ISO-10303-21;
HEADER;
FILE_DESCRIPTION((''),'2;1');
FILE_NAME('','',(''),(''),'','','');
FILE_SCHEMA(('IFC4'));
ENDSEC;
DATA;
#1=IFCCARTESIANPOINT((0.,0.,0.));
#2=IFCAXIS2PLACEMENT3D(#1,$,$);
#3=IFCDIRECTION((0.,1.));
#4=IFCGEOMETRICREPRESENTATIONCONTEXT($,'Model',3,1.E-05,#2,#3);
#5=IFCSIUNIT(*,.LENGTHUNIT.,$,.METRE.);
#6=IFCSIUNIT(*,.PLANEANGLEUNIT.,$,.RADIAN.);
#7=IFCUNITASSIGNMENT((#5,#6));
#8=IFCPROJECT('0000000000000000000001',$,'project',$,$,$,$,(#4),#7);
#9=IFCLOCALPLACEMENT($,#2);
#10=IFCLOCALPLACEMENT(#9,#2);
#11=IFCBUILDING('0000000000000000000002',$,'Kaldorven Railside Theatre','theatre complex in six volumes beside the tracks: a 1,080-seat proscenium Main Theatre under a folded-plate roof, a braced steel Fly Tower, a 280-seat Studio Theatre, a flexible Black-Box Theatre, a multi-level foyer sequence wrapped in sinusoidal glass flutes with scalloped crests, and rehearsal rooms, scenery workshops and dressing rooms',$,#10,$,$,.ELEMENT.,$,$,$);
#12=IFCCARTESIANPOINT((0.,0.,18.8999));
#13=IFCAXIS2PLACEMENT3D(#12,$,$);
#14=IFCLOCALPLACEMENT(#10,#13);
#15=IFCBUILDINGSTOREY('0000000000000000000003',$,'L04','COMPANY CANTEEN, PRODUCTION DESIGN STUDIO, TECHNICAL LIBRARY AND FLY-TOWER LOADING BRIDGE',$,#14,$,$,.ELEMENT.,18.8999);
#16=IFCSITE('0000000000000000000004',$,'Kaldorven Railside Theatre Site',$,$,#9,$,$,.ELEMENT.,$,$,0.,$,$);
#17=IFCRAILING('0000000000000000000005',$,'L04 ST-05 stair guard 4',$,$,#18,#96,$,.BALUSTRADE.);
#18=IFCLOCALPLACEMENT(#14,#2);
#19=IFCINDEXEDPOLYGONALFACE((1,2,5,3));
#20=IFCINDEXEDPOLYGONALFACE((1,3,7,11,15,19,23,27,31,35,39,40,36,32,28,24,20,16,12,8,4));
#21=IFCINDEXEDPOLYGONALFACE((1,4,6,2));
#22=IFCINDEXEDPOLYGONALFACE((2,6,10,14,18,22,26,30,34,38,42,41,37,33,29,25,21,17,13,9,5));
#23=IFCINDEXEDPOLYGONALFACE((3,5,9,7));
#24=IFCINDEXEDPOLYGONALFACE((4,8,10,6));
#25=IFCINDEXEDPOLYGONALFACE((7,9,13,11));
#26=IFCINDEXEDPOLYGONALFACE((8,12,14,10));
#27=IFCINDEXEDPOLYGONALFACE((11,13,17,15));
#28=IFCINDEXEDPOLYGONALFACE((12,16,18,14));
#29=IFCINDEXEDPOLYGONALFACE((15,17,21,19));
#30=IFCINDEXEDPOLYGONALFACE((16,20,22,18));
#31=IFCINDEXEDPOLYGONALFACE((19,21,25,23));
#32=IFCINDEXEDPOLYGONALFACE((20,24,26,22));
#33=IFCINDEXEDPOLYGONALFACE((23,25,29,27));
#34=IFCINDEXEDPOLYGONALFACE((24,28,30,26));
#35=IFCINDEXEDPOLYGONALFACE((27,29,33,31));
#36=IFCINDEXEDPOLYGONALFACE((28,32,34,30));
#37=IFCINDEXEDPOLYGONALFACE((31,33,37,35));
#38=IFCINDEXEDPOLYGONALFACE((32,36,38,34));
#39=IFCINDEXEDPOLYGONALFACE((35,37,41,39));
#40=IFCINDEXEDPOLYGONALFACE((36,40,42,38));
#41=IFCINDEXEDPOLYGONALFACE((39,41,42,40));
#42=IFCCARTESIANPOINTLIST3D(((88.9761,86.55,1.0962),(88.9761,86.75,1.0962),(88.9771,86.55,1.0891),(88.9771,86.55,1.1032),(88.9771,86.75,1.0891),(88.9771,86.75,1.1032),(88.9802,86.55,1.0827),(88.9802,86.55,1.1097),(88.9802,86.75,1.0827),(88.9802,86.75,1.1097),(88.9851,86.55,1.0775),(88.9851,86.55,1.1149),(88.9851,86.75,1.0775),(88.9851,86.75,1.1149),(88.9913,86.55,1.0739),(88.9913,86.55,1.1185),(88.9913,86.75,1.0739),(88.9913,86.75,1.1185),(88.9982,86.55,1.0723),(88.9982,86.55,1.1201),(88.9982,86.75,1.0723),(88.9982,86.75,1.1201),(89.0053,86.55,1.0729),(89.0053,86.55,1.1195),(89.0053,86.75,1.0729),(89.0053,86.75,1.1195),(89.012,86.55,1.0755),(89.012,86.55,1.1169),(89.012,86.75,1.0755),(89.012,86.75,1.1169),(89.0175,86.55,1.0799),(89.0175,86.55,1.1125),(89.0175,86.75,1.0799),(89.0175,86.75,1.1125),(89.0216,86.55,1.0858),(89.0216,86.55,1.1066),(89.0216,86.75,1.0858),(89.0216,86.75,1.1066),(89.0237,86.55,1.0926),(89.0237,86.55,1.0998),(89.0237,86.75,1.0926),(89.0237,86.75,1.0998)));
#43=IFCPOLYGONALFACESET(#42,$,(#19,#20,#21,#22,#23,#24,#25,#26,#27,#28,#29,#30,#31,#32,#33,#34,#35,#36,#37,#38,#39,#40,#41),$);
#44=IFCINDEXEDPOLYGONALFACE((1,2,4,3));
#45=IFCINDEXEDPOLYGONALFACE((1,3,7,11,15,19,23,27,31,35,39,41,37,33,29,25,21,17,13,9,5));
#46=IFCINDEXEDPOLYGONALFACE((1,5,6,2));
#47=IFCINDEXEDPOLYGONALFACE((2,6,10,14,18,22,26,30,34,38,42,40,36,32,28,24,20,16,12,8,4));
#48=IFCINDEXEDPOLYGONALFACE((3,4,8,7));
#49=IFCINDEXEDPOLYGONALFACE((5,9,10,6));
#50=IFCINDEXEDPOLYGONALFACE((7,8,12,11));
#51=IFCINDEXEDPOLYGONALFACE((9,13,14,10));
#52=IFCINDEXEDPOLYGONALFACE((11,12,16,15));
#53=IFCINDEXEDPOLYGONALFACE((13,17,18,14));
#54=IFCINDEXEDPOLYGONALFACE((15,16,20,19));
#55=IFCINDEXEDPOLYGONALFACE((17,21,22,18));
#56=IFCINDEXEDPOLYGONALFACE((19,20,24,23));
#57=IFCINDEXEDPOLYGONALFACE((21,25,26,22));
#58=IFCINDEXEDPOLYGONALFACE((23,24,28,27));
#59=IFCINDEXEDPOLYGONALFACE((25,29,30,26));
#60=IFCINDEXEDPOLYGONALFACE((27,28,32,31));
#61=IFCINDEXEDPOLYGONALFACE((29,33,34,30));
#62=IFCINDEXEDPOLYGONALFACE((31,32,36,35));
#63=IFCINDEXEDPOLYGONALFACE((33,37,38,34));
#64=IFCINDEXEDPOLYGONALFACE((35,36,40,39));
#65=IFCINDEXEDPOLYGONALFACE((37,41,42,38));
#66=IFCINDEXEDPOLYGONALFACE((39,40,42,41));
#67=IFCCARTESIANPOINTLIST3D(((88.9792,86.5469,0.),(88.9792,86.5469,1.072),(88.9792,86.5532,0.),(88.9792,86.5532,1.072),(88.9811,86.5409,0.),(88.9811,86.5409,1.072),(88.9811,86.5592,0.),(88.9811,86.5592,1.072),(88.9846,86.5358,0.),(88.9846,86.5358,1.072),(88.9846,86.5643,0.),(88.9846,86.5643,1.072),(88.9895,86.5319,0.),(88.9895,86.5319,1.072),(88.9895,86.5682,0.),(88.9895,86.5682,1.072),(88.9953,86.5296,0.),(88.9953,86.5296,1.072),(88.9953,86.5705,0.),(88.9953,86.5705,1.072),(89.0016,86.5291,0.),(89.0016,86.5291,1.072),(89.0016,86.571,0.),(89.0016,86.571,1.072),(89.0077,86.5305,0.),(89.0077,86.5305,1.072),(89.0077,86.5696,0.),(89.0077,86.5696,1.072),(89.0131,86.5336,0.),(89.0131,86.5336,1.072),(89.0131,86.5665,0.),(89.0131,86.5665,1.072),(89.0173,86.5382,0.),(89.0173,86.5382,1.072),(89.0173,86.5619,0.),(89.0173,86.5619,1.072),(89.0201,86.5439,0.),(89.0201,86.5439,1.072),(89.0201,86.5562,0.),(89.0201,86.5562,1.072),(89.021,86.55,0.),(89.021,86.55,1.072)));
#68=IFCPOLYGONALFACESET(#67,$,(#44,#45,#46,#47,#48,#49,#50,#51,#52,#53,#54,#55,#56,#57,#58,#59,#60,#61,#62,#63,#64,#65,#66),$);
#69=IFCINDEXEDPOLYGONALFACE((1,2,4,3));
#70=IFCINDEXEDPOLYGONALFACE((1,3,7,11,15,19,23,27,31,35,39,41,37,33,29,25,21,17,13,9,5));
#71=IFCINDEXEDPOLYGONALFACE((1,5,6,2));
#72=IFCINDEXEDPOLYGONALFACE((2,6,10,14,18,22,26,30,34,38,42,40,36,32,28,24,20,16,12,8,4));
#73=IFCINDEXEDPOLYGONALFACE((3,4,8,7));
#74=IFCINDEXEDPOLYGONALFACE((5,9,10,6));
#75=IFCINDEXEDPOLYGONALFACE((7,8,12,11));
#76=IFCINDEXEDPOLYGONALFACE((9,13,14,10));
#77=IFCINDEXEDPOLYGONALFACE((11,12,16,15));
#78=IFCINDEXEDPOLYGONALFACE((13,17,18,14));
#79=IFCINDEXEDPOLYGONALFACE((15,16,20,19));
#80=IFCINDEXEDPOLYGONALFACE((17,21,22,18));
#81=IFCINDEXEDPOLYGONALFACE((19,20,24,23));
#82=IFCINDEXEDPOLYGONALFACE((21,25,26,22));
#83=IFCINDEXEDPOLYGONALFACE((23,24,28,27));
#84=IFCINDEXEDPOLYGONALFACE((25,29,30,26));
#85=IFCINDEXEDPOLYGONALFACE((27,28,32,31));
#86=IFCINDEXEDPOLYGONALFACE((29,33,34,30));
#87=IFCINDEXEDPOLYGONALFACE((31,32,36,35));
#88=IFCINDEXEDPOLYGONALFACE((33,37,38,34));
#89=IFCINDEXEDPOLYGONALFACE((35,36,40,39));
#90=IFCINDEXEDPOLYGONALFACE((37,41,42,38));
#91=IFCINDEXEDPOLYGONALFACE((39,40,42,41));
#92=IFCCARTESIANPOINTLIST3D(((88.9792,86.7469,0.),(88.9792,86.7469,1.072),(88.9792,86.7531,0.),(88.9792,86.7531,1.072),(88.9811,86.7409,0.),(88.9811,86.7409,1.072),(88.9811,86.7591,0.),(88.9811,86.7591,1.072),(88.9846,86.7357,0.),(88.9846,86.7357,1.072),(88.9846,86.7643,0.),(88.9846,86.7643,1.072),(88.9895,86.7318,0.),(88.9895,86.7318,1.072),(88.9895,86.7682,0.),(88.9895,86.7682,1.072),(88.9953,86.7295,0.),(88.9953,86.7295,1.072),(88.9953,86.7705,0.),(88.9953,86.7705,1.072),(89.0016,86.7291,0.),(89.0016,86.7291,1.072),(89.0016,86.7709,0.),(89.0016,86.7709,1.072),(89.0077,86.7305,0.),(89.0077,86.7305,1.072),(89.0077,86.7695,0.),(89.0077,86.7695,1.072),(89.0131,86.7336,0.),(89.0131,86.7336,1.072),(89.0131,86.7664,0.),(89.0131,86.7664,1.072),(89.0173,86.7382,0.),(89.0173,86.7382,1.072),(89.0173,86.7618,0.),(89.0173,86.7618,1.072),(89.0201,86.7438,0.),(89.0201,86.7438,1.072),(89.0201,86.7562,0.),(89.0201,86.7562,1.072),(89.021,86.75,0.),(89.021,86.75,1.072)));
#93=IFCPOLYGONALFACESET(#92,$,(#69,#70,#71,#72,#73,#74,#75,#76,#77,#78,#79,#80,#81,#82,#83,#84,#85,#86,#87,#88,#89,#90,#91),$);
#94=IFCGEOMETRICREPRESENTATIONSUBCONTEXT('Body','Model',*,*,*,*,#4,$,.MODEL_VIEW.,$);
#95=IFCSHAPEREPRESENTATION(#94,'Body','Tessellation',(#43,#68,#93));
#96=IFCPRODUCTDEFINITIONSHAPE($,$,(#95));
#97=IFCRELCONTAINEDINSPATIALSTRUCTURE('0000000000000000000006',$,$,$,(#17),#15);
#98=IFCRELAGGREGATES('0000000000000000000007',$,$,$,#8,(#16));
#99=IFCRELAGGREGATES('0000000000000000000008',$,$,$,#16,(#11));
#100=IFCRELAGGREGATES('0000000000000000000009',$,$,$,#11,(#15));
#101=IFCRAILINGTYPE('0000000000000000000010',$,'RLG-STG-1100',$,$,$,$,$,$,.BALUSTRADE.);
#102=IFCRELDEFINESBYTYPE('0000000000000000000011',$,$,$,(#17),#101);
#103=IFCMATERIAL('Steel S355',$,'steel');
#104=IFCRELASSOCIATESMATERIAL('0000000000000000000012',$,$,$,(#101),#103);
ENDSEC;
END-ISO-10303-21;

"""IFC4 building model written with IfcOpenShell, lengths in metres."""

from ifc_helpers import new_model, si_unit, direction, frame, origin, origin_2d, place, context, subcontext, project, spatial, circle, extrude, material, type_object, element, save


model = new_model("IFC4")

# Units and contexts
model_context = context("Model", 3, precision=1e-05, world=origin(), true_north=direction((0.0, 1.0)))
body_context = subcontext(model_context, "Body", "Model", "MODEL_VIEW")
ifc_project = project(units=[si_unit("LENGTHUNIT", "METRE"), si_unit("PLANEANGLEUNIT", "RADIAN")], contexts=[model_context])

# Site, building, storey
site_placement = place(None, origin())
site = spatial("IfcSite", under=ifc_project, at=site_placement, Name="Kaldorven Railside Theatre Site", CompositionType="ELEMENT", RefElevation=0.0)
building_placement = place(site_placement, origin())
building = spatial("IfcBuilding", under=site, at=building_placement, Name="Kaldorven Railside Theatre", Description="theatre complex in six volumes beside the tracks: a 1,080-seat proscenium Main Theatre under a folded-plate roof, a braced steel Fly Tower, a 280-seat Studio Theatre, a flexible Black-Box Theatre, a multi-level foyer sequence wrapped in sinusoidal glass flutes with scalloped crests, and rehearsal rooms, scenery workshops and dressing rooms", CompositionType="ELEMENT")
storey_placement = place(building_placement, frame((0.0, 0.0, 18.8999)))
storey = spatial("IfcBuildingStorey", under=building, at=storey_placement, Name="L04", Description="COMPANY CANTEEN, PRODUCTION DESIGN STUDIO, TECHNICAL LIBRARY AND FLY-TOWER LOADING BRIDGE", CompositionType="ELEMENT", Elevation=18.8999)

# Shared definitions
ifc_material_1 = material(Name="Steel S355", Category="steel")

# Railing
railing_type = type_object("IfcRailingType", Name="RLG-STG-1100", PredefinedType="BALUSTRADE", material=ifc_material_1)
railing_placement = place(storey_placement, frame((89.0, 86.55, 0.0)))
element("IfcRailing", 1, at=railing_placement, inside=storey, type_object=railing_type, Name="L04 ST-05 stair guard 4", PredefinedType="BALUSTRADE", context=body_context, shape_type="SweptSolid", body=[
    extrude(circle(Radius=0.0239, at=origin_2d()), frame((0.0, 0.0, 1.0962), z_axis=(0.0, 1.0, 0.0), x_axis=(-1.0, 0.0, 0.0)), (0.0, 0.0, 1.0), 0.2),
    extrude(circle(Radius=0.021, at=origin_2d()), origin(), (0.0, 0.0, 1.0), 1.072),
    extrude(circle(Radius=0.021, at=origin_2d()), frame((0.0, 0.2, 0.0)), (0.0, 0.0, 1.0), 1.072),
])

save(model, "model.ifc")
